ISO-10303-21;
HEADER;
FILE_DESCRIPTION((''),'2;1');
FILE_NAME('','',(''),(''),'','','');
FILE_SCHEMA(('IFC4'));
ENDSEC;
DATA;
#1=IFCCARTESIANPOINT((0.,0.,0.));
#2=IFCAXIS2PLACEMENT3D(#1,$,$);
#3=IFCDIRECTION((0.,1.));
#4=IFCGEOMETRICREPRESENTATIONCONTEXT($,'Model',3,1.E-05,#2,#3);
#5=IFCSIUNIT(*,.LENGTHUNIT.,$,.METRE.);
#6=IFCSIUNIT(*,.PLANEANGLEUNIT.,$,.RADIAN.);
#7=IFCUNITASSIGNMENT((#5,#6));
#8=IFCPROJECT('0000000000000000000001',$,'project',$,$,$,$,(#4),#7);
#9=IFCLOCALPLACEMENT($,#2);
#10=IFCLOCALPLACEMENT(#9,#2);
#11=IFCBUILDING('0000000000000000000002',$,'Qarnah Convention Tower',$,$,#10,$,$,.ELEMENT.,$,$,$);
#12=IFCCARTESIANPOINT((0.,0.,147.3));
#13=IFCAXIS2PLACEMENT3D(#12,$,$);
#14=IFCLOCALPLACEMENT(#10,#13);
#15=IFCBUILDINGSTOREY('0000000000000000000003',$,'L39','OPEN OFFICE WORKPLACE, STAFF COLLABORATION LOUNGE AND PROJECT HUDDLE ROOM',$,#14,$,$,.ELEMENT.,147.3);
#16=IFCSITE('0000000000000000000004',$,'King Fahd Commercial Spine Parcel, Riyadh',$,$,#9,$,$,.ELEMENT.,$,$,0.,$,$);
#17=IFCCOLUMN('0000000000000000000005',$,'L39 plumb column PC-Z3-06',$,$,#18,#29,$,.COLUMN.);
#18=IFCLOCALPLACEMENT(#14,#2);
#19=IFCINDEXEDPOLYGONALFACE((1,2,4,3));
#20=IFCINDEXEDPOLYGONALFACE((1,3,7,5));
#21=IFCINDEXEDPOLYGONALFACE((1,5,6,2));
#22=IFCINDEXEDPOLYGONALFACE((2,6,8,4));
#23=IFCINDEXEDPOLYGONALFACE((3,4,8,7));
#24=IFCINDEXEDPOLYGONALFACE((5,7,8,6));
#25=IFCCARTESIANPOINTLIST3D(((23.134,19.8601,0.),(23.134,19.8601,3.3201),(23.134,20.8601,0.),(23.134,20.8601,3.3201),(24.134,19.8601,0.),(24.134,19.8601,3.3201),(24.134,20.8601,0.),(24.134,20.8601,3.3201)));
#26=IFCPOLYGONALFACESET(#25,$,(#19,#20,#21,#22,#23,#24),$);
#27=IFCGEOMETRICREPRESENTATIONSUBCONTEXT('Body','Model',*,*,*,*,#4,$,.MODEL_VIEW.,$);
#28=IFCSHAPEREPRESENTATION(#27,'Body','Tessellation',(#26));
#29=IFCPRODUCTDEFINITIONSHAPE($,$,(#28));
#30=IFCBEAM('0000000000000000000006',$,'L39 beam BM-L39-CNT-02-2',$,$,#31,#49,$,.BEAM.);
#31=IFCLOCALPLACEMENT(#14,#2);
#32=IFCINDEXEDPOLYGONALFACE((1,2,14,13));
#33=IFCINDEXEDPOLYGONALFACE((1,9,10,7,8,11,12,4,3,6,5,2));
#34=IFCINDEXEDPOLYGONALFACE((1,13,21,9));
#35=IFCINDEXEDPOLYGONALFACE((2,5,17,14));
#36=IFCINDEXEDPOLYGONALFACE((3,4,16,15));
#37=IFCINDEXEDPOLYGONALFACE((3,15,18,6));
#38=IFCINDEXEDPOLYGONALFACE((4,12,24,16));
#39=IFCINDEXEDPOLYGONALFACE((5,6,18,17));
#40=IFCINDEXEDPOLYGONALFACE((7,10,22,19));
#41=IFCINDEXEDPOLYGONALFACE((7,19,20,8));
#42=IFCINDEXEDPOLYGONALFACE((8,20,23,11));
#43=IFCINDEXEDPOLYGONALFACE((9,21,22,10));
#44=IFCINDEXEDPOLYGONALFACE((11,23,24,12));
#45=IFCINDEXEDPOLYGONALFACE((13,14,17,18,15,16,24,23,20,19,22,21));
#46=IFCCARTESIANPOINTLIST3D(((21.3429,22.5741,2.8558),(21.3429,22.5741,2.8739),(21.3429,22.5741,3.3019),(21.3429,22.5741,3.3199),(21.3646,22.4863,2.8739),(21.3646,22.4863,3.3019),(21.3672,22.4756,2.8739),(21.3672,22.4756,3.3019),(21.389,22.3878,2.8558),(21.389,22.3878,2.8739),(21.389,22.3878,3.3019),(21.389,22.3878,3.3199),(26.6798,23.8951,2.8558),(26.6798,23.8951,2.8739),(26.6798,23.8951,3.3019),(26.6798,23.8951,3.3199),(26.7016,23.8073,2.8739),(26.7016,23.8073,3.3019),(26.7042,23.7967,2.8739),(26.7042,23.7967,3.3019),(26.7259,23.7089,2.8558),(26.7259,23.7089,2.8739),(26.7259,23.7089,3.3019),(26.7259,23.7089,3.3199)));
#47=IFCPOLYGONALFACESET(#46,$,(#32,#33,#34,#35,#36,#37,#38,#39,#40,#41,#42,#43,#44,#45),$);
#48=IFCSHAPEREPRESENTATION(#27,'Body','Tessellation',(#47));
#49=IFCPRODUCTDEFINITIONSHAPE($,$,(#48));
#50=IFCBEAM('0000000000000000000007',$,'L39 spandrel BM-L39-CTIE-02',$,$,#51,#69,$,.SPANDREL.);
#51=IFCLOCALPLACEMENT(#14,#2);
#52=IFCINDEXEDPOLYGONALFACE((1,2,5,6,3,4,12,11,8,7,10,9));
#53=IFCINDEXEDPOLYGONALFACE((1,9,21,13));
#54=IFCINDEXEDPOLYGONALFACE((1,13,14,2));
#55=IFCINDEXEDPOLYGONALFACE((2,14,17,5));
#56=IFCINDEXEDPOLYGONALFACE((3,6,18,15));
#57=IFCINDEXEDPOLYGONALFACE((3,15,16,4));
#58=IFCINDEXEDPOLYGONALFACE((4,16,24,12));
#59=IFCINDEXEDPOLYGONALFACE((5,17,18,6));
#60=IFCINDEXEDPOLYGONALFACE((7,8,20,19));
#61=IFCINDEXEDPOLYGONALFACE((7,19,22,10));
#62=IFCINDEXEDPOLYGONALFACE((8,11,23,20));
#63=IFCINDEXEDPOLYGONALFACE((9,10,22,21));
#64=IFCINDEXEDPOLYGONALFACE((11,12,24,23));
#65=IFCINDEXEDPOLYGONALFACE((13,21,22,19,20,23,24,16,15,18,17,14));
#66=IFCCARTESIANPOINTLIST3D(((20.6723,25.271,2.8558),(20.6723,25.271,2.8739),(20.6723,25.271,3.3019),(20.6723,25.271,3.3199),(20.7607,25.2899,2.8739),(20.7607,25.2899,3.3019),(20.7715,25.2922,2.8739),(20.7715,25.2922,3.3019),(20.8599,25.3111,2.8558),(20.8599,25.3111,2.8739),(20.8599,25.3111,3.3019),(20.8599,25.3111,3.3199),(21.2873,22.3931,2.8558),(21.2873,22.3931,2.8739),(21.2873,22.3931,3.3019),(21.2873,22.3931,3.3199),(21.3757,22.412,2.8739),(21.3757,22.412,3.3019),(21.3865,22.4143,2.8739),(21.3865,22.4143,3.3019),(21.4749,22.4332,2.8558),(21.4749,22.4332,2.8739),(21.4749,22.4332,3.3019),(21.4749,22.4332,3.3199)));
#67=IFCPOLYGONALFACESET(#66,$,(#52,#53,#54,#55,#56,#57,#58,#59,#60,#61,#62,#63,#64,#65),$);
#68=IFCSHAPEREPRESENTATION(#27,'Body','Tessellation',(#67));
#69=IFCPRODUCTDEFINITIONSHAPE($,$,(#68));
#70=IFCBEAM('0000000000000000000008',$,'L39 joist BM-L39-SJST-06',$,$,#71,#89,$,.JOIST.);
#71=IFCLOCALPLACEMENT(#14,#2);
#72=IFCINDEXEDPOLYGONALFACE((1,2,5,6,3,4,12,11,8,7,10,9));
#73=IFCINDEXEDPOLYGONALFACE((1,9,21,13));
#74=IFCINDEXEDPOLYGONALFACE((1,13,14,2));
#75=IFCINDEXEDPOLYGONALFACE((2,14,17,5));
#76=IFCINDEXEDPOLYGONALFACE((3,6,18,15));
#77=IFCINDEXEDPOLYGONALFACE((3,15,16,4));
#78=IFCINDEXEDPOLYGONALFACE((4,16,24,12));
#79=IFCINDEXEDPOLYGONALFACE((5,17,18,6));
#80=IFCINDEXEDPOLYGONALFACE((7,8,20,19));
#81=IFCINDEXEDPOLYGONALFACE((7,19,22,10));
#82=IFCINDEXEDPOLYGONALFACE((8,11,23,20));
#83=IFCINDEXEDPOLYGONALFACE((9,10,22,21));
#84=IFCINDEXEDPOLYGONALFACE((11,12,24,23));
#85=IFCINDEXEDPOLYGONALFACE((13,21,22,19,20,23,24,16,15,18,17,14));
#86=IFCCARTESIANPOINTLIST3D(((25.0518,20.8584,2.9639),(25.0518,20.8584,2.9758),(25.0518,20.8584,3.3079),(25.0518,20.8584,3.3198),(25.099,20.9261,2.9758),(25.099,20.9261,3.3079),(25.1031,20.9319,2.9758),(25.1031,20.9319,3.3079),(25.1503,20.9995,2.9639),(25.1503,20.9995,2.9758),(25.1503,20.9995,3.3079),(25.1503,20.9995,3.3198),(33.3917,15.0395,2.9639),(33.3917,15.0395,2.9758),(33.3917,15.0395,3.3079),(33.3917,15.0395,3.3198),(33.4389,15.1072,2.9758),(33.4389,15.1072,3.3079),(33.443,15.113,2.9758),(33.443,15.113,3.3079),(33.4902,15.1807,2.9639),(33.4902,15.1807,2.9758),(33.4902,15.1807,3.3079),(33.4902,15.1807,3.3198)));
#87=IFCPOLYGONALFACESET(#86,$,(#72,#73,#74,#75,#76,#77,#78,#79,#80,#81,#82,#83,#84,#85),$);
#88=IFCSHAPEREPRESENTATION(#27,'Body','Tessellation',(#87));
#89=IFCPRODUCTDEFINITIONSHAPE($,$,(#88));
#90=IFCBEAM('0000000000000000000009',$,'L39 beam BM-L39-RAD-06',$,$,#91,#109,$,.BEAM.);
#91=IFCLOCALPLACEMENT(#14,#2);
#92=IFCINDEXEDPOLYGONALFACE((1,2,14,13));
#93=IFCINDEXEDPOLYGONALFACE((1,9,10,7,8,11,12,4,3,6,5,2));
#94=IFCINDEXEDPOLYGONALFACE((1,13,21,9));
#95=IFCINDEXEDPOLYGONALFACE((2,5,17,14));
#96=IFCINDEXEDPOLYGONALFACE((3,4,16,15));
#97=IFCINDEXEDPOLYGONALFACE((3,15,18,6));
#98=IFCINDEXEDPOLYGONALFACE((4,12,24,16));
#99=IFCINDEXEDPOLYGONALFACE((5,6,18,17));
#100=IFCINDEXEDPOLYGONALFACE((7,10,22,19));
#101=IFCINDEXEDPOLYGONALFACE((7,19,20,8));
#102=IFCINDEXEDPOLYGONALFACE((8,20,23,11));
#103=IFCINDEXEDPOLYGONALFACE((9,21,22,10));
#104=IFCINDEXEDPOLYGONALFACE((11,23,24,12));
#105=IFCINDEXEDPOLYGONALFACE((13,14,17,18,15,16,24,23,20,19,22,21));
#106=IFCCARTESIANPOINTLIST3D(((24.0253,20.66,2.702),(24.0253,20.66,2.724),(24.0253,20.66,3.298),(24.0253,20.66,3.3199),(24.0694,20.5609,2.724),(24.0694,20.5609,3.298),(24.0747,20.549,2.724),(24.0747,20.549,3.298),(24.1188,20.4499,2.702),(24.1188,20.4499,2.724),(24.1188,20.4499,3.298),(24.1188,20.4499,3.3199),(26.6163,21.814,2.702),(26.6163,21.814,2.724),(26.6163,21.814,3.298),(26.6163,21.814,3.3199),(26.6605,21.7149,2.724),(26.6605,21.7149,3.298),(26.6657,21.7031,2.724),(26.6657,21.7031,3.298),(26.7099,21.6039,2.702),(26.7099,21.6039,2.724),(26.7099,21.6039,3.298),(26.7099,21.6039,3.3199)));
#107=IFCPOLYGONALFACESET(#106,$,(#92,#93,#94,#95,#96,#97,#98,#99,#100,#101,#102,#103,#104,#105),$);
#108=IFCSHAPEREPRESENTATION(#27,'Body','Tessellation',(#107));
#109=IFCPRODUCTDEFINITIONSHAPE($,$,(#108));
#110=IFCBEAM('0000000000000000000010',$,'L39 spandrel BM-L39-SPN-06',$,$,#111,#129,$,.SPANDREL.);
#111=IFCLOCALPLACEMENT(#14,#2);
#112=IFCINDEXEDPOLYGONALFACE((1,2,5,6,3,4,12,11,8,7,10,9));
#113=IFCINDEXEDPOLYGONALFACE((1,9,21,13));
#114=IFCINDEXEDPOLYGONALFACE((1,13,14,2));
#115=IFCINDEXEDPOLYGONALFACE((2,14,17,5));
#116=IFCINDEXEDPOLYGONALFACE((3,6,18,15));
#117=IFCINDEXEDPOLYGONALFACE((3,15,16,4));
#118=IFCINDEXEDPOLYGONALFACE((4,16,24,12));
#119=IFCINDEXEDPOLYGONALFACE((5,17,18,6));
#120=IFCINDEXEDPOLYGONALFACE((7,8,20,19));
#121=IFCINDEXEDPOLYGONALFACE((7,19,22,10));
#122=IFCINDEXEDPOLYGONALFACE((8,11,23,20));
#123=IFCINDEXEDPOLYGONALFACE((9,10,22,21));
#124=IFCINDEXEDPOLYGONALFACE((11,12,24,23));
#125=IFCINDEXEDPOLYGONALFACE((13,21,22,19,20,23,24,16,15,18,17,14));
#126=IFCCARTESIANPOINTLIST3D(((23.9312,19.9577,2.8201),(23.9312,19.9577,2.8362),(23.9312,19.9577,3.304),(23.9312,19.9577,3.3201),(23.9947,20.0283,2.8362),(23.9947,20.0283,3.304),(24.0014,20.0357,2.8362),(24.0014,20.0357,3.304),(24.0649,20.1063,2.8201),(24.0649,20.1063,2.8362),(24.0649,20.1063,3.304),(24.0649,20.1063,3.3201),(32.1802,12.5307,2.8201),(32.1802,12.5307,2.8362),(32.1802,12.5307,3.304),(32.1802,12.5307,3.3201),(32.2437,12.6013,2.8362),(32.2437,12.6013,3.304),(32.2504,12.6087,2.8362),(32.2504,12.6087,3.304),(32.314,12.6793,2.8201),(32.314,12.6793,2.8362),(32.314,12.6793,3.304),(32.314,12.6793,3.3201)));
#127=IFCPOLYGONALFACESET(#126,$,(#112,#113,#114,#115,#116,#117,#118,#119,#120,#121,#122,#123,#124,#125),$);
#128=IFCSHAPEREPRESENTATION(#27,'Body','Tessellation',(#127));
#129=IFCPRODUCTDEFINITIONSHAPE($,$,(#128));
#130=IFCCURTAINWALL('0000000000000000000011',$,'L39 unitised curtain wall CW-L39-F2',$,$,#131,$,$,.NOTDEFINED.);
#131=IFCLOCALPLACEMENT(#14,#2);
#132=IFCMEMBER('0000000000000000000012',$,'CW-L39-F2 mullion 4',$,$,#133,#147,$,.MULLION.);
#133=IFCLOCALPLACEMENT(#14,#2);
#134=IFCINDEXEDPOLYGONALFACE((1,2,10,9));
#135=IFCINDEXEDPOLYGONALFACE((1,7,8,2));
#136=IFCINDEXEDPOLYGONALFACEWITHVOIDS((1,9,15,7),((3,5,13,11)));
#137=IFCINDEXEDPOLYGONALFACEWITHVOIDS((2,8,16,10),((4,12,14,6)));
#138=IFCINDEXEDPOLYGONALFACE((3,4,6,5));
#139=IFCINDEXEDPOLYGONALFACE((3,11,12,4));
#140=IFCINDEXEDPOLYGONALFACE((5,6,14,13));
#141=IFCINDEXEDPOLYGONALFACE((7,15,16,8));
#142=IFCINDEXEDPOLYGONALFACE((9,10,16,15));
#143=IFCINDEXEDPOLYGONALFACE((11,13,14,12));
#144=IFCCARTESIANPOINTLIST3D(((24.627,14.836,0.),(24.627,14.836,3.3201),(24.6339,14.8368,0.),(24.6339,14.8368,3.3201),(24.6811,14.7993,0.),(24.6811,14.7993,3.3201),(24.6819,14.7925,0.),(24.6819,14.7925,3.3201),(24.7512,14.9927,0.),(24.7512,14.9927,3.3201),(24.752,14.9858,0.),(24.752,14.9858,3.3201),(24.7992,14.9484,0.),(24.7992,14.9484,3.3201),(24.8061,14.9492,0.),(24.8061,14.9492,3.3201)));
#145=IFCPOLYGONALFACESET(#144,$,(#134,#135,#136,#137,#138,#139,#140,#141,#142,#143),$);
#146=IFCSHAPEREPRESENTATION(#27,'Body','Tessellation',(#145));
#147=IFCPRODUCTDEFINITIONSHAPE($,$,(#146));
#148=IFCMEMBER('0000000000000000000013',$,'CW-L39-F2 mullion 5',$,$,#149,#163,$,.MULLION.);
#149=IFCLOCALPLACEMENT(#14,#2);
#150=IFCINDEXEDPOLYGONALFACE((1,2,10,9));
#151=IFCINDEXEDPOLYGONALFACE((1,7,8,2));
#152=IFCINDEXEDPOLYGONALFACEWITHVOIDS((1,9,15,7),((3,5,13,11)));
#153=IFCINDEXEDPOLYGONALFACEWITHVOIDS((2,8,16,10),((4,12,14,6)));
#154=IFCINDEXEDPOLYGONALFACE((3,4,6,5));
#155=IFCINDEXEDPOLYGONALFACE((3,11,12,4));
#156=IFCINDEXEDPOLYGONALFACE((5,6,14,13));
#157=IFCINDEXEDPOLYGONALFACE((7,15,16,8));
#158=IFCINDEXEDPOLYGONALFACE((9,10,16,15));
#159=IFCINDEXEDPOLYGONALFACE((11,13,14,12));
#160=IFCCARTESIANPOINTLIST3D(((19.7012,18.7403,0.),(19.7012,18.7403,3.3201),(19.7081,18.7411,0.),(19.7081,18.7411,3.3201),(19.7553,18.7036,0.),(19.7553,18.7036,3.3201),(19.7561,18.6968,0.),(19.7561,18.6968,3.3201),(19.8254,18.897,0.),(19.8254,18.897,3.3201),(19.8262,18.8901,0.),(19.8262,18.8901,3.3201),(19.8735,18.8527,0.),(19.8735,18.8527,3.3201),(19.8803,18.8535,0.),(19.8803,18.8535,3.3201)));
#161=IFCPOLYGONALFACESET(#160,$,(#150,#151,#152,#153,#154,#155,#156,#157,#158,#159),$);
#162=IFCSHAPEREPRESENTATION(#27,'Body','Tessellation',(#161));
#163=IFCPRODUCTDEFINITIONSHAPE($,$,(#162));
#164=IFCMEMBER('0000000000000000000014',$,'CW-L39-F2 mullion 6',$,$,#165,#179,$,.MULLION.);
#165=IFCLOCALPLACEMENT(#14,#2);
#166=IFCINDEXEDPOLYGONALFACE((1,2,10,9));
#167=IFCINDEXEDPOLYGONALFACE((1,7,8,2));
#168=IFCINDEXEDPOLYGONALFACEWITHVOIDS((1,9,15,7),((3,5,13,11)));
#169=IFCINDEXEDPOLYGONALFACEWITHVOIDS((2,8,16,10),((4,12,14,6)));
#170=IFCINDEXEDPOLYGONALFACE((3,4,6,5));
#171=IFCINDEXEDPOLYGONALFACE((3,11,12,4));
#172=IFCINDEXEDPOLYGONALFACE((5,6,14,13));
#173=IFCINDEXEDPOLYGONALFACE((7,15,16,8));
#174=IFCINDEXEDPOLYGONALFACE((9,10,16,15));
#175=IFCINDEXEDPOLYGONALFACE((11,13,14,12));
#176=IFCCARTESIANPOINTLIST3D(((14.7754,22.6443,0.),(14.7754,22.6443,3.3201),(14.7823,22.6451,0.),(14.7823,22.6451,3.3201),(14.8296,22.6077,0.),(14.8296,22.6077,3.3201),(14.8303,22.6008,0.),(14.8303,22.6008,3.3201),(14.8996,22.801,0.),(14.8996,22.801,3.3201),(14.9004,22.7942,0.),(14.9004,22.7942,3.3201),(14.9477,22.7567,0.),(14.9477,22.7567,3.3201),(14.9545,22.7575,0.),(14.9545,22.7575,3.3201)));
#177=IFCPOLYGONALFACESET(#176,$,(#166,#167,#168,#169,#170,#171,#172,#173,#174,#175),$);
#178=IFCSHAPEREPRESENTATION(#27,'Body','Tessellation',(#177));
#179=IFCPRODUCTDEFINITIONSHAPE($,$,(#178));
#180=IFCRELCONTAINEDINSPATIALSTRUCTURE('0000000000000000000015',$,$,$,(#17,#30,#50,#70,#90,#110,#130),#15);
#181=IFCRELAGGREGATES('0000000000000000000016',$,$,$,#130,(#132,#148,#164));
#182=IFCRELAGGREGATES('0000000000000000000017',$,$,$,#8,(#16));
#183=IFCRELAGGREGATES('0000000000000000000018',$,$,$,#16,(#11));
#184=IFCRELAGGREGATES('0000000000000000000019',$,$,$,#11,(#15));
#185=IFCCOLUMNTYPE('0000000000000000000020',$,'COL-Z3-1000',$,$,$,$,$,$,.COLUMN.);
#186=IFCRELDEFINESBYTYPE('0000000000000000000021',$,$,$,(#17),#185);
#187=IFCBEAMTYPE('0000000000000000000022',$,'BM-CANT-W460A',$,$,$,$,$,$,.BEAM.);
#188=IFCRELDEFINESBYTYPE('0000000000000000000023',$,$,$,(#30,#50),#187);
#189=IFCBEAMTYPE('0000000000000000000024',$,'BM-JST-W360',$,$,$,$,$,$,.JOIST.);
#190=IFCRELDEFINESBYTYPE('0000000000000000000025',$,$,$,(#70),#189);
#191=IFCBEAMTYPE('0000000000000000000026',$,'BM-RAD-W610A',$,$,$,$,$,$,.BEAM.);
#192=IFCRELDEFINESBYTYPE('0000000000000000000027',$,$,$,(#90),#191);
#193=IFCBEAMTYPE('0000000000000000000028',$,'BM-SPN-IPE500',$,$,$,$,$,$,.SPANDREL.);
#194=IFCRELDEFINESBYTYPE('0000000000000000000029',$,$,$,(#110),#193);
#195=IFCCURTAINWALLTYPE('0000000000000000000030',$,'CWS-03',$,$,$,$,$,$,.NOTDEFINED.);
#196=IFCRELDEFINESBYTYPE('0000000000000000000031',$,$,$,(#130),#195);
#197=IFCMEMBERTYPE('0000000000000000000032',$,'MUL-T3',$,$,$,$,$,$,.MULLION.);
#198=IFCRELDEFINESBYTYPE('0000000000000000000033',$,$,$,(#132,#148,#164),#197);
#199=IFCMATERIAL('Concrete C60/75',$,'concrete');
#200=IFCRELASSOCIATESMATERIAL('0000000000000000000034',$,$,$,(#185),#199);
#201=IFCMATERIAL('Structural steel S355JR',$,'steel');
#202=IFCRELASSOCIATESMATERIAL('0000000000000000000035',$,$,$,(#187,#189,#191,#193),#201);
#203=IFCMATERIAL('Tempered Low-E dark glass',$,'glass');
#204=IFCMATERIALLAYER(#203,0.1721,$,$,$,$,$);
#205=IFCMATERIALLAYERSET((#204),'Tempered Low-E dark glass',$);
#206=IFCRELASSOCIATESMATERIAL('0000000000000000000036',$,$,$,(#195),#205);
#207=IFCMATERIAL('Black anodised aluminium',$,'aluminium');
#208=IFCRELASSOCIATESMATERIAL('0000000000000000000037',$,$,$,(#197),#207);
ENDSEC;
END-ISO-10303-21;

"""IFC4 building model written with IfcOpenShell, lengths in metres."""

from ifc_helpers import new_model, si_unit, direction, frame, origin, origin_2d, place, context, subcontext, project, spatial, rectangle, hollow_rectangle, i_section, extrude, material, layer, layer_set, material_profile, profile_set, type_object, element, aggregate, save


model = new_model("IFC4")

# Units and contexts
model_context = context("Model", 3, precision=1e-05, world=origin(), true_north=direction((0.0, 1.0)))
body_context = subcontext(model_context, "Body", "Model", "MODEL_VIEW")
ifc_project = project(units=[si_unit("LENGTHUNIT", "METRE"), si_unit("PLANEANGLEUNIT", "RADIAN")], contexts=[model_context])

# Site, building, storey
site_placement = place(None, origin())
site = spatial("IfcSite", under=ifc_project, at=site_placement, Name="King Fahd Commercial Spine Parcel, Riyadh", CompositionType="ELEMENT", RefElevation=0.0)
building_placement = place(site_placement, origin())
building = spatial("IfcBuilding", under=site, at=building_placement, Name="Qarnah Convention Tower", CompositionType="ELEMENT")
storey_placement = place(building_placement, frame((0.0, 0.0, 147.3)))
storey = spatial("IfcBuildingStorey", under=building, at=storey_placement, Name="L39", Description="OPEN OFFICE WORKPLACE, STAFF COLLABORATION LOUNGE AND PROJECT HUDDLE ROOM", CompositionType="ELEMENT", Elevation=147.3)

# Column
ifc_material_1 = material(Name="Concrete C60/75", Category="concrete")
ifc_material_profile_1 = material_profile(ifc_material_1, rectangle(XDim=1.0, YDim=1.0, at=origin_2d()), Name="RC-COL-1000X1000")
ifc_profile_set_1 = profile_set([ifc_material_profile_1], Name="Concrete C60/75")
column_type = type_object("IfcColumnType", Name="COL-Z3-1000", PredefinedType="COLUMN", material=ifc_profile_set_1)
column_placement = place(storey_placement, frame((23.634, 20.3601, 0.0), z_axis=(0.0, 0.0, 1.0), x_axis=(1.0, 0.0, 0.0)))
element("IfcColumn", 1, at=column_placement, inside=storey, type_object=column_type, Name="L39 plumb column PC-Z3-06", PredefinedType="COLUMN", context=body_context, shape_type="SweptSolid", body=[
    extrude(rectangle(XDim=1.0, YDim=1.0, at=origin_2d()), origin(), (0.0, 0.0, 1.0), 3.3201),
])

# Beams
ifc_material_2 = material(Name="Structural steel S355JR", Category="steel")
ifc_material_profile_2 = material_profile(ifc_material_2, i_section(OverallWidth=0.1919, OverallDepth=0.4641, WebThickness=0.011, FlangeThickness=0.0181, at=origin_2d()), Name="W460X89")
ifc_profile_set_2 = profile_set([ifc_material_profile_2], Name="Structural steel S355JR")
beam_type_1 = type_object("IfcBeamType", Name="BM-CANT-W460A", PredefinedType="BEAM", material=ifc_profile_set_2)
beam_1_placement = place(storey_placement, frame((26.7029, 23.802, 3.0879), z_axis=(-0.970704, -0.240278, 0.0), x_axis=(0.240278, -0.970704, 0.0)))
element("IfcBeam", 2, at=beam_1_placement, inside=storey, type_object=beam_type_1, Name="L39 beam BM-L39-CNT-02-2", PredefinedType="BEAM", context=body_context, shape_type="SweptSolid", body=[
    extrude(i_section(OverallWidth=0.1919, OverallDepth=0.4641, WebThickness=0.011, FlangeThickness=0.0181, at=origin_2d()), origin(), (0.0, 0.0, 1.0), 5.498),
])
beam_2_placement = place(storey_placement, frame((20.7661, 25.291, 3.0879), z_axis=(0.208974, -0.977921, 0.0), x_axis=(0.977921, 0.208974, 0.0)))
element("IfcBeam", 3, at=beam_2_placement, inside=storey, type_object=beam_type_1, Name="L39 spandrel BM-L39-CTIE-02", PredefinedType="SPANDREL", context=body_context, shape_type="SweptSolid", body=[
    extrude(i_section(OverallWidth=0.1919, OverallDepth=0.4641, WebThickness=0.011, FlangeThickness=0.0181, at=origin_2d()), origin(), (0.0, 0.0, 1.0), 2.9429),
])
ifc_material_profile_3 = material_profile(ifc_material_2, i_section(OverallWidth=0.1721, OverallDepth=0.356, WebThickness=0.0071, FlangeThickness=0.012, at=origin_2d()), Name="W360X51")
ifc_profile_set_3 = profile_set([ifc_material_profile_3], Name="Structural steel S355JR")
beam_type_2 = type_object("IfcBeamType", Name="BM-JST-W360", PredefinedType="JOIST", material=ifc_profile_set_3)
beam_3_placement = place(storey_placement, frame((25.1011, 20.929, 3.1418), z_axis=(0.820111, -0.572205, 0.0), x_axis=(0.572205, 0.820111, 0.0)))
element("IfcBeam", 4, at=beam_3_placement, inside=storey, type_object=beam_type_2, Name="L39 joist BM-L39-SJST-06", PredefinedType="JOIST", context=body_context, shape_type="SweptSolid", body=[
    extrude(i_section(OverallWidth=0.1721, OverallDepth=0.356, WebThickness=0.0071, FlangeThickness=0.012, at=origin_2d()), origin(), (0.0, 0.0, 1.0), 10.1692),
])
ifc_material_profile_4 = material_profile(ifc_material_2, i_section(OverallWidth=0.23, OverallDepth=0.6179, WebThickness=0.0129, FlangeThickness=0.022, at=origin_2d()), Name="W610X140")
ifc_profile_set_4 = profile_set([ifc_material_profile_4], Name="Structural steel S355JR")
beam_type_3 = type_object("IfcBeamType", Name="BM-RAD-W610A", PredefinedType="BEAM", material=ifc_profile_set_4)
beam_4_placement = place(storey_placement, frame((26.6631, 21.709, 3.011), z_axis=(-0.913488, -0.406865, 0.0), x_axis=(0.406865, -0.913488, 0.0)))
element("IfcBeam", 5, at=beam_4_placement, inside=storey, type_object=beam_type_3, Name="L39 beam BM-L39-RAD-06", PredefinedType="BEAM", context=body_context, shape_type="SweptSolid", body=[
    extrude(i_section(OverallWidth=0.23, OverallDepth=0.6179, WebThickness=0.0129, FlangeThickness=0.022, at=origin_2d()), origin(), (0.0, 0.0, 1.0), 2.8364),
])
ifc_material_profile_5 = material_profile(ifc_material_2, i_section(OverallWidth=0.2, OverallDepth=0.5, WebThickness=0.01, FlangeThickness=0.0161, at=origin_2d()), Name="IPE500")
ifc_profile_set_5 = profile_set([ifc_material_profile_5], Name="Structural steel S355JR")
beam_type_4 = type_object("IfcBeamType", Name="BM-SPN-IPE500", PredefinedType="SPANDREL", material=ifc_profile_set_5)
beam_5_placement = place(storey_placement, frame((23.998, 20.032, 3.0701), z_axis=(0.743165, -0.669108, 0.0), x_axis=(0.669108, 0.743165, 0.0)))
element("IfcBeam", 6, at=beam_5_placement, inside=storey, type_object=beam_type_4, Name="L39 spandrel BM-L39-SPN-06", PredefinedType="SPANDREL", context=body_context, shape_type="SweptSolid", body=[
    extrude(i_section(OverallWidth=0.2, OverallDepth=0.5, WebThickness=0.01, FlangeThickness=0.0161, at=origin_2d()), origin(), (0.0, 0.0, 1.0), 11.0999),
])

# Curtain wall, members
ifc_material_3 = material(Name="Tempered Low-E dark glass", Category="glass")
ifc_layer_1 = layer(ifc_material_3, 0.1721)
ifc_layer_set_1 = layer_set([ifc_layer_1], Name="Tempered Low-E dark glass")
curtain_wall_type = type_object("IfcCurtainWallType", Name="CWS-03", PredefinedType="NOTDEFINED", material=ifc_layer_set_1)
curtain_wall_placement = place(storey_placement, origin())
curtain_wall = element("IfcCurtainWall", 7, at=curtain_wall_placement, inside=storey, type_object=curtain_wall_type, Name="L39 unitised curtain wall CW-L39-F2", PredefinedType="NOTDEFINED")
ifc_material_4 = material(Name="Black anodised aluminium", Category="aluminium")
ifc_material_profile_6 = material_profile(ifc_material_4, hollow_rectangle(XDim=0.0701, YDim=0.2, WallThickness=0.0049, at=origin_2d()), Name="MUL-70X200")
ifc_profile_set_6 = profile_set([ifc_material_profile_6], Name="Black anodised aluminium")
member_type = type_object("IfcMemberType", Name="MUL-T3", PredefinedType="MULLION", material=ifc_profile_set_6)
member_1_placement = place(storey_placement, frame((24.7166, 14.8926, 0.0), z_axis=(0.0, 0.0, 1.0), x_axis=(-0.783689, 0.621154, 0.0)))
member_1 = element("IfcMember", 8, at=member_1_placement, type_object=member_type, Name="CW-L39-F2 mullion 4", PredefinedType="MULLION", context=body_context, shape_type="SweptSolid", body=[
    extrude(hollow_rectangle(XDim=0.0701, YDim=0.2, WallThickness=0.0049, at=origin_2d()), origin(), (0.0, 0.0, 1.0), 3.3201),
])
member_2_placement = place(storey_placement, frame((19.7908, 18.7969, 0.0), z_axis=(0.0, 0.0, 1.0), x_axis=(-0.783689, 0.621154, 0.0)))
member_2 = element("IfcMember", 9, at=member_2_placement, type_object=member_type, Name="CW-L39-F2 mullion 5", PredefinedType="MULLION", context=body_context, shape_type="SweptSolid", body=[
    extrude(hollow_rectangle(XDim=0.0701, YDim=0.2, WallThickness=0.0049, at=origin_2d()), origin(), (0.0, 0.0, 1.0), 3.3201),
])
member_3_placement = place(storey_placement, frame((14.865, 22.7009, 0.0), z_axis=(0.0, 0.0, 1.0), x_axis=(-0.783689, 0.621154, 0.0)))
member_3 = element("IfcMember", 10, at=member_3_placement, type_object=member_type, Name="CW-L39-F2 mullion 6", PredefinedType="MULLION", context=body_context, shape_type="SweptSolid", body=[
    extrude(hollow_rectangle(XDim=0.0701, YDim=0.2, WallThickness=0.0049, at=origin_2d()), origin(), (0.0, 0.0, 1.0), 3.3201),
])
aggregate(curtain_wall, [member_1, member_2, member_3])

save(model, "model.ifc")
